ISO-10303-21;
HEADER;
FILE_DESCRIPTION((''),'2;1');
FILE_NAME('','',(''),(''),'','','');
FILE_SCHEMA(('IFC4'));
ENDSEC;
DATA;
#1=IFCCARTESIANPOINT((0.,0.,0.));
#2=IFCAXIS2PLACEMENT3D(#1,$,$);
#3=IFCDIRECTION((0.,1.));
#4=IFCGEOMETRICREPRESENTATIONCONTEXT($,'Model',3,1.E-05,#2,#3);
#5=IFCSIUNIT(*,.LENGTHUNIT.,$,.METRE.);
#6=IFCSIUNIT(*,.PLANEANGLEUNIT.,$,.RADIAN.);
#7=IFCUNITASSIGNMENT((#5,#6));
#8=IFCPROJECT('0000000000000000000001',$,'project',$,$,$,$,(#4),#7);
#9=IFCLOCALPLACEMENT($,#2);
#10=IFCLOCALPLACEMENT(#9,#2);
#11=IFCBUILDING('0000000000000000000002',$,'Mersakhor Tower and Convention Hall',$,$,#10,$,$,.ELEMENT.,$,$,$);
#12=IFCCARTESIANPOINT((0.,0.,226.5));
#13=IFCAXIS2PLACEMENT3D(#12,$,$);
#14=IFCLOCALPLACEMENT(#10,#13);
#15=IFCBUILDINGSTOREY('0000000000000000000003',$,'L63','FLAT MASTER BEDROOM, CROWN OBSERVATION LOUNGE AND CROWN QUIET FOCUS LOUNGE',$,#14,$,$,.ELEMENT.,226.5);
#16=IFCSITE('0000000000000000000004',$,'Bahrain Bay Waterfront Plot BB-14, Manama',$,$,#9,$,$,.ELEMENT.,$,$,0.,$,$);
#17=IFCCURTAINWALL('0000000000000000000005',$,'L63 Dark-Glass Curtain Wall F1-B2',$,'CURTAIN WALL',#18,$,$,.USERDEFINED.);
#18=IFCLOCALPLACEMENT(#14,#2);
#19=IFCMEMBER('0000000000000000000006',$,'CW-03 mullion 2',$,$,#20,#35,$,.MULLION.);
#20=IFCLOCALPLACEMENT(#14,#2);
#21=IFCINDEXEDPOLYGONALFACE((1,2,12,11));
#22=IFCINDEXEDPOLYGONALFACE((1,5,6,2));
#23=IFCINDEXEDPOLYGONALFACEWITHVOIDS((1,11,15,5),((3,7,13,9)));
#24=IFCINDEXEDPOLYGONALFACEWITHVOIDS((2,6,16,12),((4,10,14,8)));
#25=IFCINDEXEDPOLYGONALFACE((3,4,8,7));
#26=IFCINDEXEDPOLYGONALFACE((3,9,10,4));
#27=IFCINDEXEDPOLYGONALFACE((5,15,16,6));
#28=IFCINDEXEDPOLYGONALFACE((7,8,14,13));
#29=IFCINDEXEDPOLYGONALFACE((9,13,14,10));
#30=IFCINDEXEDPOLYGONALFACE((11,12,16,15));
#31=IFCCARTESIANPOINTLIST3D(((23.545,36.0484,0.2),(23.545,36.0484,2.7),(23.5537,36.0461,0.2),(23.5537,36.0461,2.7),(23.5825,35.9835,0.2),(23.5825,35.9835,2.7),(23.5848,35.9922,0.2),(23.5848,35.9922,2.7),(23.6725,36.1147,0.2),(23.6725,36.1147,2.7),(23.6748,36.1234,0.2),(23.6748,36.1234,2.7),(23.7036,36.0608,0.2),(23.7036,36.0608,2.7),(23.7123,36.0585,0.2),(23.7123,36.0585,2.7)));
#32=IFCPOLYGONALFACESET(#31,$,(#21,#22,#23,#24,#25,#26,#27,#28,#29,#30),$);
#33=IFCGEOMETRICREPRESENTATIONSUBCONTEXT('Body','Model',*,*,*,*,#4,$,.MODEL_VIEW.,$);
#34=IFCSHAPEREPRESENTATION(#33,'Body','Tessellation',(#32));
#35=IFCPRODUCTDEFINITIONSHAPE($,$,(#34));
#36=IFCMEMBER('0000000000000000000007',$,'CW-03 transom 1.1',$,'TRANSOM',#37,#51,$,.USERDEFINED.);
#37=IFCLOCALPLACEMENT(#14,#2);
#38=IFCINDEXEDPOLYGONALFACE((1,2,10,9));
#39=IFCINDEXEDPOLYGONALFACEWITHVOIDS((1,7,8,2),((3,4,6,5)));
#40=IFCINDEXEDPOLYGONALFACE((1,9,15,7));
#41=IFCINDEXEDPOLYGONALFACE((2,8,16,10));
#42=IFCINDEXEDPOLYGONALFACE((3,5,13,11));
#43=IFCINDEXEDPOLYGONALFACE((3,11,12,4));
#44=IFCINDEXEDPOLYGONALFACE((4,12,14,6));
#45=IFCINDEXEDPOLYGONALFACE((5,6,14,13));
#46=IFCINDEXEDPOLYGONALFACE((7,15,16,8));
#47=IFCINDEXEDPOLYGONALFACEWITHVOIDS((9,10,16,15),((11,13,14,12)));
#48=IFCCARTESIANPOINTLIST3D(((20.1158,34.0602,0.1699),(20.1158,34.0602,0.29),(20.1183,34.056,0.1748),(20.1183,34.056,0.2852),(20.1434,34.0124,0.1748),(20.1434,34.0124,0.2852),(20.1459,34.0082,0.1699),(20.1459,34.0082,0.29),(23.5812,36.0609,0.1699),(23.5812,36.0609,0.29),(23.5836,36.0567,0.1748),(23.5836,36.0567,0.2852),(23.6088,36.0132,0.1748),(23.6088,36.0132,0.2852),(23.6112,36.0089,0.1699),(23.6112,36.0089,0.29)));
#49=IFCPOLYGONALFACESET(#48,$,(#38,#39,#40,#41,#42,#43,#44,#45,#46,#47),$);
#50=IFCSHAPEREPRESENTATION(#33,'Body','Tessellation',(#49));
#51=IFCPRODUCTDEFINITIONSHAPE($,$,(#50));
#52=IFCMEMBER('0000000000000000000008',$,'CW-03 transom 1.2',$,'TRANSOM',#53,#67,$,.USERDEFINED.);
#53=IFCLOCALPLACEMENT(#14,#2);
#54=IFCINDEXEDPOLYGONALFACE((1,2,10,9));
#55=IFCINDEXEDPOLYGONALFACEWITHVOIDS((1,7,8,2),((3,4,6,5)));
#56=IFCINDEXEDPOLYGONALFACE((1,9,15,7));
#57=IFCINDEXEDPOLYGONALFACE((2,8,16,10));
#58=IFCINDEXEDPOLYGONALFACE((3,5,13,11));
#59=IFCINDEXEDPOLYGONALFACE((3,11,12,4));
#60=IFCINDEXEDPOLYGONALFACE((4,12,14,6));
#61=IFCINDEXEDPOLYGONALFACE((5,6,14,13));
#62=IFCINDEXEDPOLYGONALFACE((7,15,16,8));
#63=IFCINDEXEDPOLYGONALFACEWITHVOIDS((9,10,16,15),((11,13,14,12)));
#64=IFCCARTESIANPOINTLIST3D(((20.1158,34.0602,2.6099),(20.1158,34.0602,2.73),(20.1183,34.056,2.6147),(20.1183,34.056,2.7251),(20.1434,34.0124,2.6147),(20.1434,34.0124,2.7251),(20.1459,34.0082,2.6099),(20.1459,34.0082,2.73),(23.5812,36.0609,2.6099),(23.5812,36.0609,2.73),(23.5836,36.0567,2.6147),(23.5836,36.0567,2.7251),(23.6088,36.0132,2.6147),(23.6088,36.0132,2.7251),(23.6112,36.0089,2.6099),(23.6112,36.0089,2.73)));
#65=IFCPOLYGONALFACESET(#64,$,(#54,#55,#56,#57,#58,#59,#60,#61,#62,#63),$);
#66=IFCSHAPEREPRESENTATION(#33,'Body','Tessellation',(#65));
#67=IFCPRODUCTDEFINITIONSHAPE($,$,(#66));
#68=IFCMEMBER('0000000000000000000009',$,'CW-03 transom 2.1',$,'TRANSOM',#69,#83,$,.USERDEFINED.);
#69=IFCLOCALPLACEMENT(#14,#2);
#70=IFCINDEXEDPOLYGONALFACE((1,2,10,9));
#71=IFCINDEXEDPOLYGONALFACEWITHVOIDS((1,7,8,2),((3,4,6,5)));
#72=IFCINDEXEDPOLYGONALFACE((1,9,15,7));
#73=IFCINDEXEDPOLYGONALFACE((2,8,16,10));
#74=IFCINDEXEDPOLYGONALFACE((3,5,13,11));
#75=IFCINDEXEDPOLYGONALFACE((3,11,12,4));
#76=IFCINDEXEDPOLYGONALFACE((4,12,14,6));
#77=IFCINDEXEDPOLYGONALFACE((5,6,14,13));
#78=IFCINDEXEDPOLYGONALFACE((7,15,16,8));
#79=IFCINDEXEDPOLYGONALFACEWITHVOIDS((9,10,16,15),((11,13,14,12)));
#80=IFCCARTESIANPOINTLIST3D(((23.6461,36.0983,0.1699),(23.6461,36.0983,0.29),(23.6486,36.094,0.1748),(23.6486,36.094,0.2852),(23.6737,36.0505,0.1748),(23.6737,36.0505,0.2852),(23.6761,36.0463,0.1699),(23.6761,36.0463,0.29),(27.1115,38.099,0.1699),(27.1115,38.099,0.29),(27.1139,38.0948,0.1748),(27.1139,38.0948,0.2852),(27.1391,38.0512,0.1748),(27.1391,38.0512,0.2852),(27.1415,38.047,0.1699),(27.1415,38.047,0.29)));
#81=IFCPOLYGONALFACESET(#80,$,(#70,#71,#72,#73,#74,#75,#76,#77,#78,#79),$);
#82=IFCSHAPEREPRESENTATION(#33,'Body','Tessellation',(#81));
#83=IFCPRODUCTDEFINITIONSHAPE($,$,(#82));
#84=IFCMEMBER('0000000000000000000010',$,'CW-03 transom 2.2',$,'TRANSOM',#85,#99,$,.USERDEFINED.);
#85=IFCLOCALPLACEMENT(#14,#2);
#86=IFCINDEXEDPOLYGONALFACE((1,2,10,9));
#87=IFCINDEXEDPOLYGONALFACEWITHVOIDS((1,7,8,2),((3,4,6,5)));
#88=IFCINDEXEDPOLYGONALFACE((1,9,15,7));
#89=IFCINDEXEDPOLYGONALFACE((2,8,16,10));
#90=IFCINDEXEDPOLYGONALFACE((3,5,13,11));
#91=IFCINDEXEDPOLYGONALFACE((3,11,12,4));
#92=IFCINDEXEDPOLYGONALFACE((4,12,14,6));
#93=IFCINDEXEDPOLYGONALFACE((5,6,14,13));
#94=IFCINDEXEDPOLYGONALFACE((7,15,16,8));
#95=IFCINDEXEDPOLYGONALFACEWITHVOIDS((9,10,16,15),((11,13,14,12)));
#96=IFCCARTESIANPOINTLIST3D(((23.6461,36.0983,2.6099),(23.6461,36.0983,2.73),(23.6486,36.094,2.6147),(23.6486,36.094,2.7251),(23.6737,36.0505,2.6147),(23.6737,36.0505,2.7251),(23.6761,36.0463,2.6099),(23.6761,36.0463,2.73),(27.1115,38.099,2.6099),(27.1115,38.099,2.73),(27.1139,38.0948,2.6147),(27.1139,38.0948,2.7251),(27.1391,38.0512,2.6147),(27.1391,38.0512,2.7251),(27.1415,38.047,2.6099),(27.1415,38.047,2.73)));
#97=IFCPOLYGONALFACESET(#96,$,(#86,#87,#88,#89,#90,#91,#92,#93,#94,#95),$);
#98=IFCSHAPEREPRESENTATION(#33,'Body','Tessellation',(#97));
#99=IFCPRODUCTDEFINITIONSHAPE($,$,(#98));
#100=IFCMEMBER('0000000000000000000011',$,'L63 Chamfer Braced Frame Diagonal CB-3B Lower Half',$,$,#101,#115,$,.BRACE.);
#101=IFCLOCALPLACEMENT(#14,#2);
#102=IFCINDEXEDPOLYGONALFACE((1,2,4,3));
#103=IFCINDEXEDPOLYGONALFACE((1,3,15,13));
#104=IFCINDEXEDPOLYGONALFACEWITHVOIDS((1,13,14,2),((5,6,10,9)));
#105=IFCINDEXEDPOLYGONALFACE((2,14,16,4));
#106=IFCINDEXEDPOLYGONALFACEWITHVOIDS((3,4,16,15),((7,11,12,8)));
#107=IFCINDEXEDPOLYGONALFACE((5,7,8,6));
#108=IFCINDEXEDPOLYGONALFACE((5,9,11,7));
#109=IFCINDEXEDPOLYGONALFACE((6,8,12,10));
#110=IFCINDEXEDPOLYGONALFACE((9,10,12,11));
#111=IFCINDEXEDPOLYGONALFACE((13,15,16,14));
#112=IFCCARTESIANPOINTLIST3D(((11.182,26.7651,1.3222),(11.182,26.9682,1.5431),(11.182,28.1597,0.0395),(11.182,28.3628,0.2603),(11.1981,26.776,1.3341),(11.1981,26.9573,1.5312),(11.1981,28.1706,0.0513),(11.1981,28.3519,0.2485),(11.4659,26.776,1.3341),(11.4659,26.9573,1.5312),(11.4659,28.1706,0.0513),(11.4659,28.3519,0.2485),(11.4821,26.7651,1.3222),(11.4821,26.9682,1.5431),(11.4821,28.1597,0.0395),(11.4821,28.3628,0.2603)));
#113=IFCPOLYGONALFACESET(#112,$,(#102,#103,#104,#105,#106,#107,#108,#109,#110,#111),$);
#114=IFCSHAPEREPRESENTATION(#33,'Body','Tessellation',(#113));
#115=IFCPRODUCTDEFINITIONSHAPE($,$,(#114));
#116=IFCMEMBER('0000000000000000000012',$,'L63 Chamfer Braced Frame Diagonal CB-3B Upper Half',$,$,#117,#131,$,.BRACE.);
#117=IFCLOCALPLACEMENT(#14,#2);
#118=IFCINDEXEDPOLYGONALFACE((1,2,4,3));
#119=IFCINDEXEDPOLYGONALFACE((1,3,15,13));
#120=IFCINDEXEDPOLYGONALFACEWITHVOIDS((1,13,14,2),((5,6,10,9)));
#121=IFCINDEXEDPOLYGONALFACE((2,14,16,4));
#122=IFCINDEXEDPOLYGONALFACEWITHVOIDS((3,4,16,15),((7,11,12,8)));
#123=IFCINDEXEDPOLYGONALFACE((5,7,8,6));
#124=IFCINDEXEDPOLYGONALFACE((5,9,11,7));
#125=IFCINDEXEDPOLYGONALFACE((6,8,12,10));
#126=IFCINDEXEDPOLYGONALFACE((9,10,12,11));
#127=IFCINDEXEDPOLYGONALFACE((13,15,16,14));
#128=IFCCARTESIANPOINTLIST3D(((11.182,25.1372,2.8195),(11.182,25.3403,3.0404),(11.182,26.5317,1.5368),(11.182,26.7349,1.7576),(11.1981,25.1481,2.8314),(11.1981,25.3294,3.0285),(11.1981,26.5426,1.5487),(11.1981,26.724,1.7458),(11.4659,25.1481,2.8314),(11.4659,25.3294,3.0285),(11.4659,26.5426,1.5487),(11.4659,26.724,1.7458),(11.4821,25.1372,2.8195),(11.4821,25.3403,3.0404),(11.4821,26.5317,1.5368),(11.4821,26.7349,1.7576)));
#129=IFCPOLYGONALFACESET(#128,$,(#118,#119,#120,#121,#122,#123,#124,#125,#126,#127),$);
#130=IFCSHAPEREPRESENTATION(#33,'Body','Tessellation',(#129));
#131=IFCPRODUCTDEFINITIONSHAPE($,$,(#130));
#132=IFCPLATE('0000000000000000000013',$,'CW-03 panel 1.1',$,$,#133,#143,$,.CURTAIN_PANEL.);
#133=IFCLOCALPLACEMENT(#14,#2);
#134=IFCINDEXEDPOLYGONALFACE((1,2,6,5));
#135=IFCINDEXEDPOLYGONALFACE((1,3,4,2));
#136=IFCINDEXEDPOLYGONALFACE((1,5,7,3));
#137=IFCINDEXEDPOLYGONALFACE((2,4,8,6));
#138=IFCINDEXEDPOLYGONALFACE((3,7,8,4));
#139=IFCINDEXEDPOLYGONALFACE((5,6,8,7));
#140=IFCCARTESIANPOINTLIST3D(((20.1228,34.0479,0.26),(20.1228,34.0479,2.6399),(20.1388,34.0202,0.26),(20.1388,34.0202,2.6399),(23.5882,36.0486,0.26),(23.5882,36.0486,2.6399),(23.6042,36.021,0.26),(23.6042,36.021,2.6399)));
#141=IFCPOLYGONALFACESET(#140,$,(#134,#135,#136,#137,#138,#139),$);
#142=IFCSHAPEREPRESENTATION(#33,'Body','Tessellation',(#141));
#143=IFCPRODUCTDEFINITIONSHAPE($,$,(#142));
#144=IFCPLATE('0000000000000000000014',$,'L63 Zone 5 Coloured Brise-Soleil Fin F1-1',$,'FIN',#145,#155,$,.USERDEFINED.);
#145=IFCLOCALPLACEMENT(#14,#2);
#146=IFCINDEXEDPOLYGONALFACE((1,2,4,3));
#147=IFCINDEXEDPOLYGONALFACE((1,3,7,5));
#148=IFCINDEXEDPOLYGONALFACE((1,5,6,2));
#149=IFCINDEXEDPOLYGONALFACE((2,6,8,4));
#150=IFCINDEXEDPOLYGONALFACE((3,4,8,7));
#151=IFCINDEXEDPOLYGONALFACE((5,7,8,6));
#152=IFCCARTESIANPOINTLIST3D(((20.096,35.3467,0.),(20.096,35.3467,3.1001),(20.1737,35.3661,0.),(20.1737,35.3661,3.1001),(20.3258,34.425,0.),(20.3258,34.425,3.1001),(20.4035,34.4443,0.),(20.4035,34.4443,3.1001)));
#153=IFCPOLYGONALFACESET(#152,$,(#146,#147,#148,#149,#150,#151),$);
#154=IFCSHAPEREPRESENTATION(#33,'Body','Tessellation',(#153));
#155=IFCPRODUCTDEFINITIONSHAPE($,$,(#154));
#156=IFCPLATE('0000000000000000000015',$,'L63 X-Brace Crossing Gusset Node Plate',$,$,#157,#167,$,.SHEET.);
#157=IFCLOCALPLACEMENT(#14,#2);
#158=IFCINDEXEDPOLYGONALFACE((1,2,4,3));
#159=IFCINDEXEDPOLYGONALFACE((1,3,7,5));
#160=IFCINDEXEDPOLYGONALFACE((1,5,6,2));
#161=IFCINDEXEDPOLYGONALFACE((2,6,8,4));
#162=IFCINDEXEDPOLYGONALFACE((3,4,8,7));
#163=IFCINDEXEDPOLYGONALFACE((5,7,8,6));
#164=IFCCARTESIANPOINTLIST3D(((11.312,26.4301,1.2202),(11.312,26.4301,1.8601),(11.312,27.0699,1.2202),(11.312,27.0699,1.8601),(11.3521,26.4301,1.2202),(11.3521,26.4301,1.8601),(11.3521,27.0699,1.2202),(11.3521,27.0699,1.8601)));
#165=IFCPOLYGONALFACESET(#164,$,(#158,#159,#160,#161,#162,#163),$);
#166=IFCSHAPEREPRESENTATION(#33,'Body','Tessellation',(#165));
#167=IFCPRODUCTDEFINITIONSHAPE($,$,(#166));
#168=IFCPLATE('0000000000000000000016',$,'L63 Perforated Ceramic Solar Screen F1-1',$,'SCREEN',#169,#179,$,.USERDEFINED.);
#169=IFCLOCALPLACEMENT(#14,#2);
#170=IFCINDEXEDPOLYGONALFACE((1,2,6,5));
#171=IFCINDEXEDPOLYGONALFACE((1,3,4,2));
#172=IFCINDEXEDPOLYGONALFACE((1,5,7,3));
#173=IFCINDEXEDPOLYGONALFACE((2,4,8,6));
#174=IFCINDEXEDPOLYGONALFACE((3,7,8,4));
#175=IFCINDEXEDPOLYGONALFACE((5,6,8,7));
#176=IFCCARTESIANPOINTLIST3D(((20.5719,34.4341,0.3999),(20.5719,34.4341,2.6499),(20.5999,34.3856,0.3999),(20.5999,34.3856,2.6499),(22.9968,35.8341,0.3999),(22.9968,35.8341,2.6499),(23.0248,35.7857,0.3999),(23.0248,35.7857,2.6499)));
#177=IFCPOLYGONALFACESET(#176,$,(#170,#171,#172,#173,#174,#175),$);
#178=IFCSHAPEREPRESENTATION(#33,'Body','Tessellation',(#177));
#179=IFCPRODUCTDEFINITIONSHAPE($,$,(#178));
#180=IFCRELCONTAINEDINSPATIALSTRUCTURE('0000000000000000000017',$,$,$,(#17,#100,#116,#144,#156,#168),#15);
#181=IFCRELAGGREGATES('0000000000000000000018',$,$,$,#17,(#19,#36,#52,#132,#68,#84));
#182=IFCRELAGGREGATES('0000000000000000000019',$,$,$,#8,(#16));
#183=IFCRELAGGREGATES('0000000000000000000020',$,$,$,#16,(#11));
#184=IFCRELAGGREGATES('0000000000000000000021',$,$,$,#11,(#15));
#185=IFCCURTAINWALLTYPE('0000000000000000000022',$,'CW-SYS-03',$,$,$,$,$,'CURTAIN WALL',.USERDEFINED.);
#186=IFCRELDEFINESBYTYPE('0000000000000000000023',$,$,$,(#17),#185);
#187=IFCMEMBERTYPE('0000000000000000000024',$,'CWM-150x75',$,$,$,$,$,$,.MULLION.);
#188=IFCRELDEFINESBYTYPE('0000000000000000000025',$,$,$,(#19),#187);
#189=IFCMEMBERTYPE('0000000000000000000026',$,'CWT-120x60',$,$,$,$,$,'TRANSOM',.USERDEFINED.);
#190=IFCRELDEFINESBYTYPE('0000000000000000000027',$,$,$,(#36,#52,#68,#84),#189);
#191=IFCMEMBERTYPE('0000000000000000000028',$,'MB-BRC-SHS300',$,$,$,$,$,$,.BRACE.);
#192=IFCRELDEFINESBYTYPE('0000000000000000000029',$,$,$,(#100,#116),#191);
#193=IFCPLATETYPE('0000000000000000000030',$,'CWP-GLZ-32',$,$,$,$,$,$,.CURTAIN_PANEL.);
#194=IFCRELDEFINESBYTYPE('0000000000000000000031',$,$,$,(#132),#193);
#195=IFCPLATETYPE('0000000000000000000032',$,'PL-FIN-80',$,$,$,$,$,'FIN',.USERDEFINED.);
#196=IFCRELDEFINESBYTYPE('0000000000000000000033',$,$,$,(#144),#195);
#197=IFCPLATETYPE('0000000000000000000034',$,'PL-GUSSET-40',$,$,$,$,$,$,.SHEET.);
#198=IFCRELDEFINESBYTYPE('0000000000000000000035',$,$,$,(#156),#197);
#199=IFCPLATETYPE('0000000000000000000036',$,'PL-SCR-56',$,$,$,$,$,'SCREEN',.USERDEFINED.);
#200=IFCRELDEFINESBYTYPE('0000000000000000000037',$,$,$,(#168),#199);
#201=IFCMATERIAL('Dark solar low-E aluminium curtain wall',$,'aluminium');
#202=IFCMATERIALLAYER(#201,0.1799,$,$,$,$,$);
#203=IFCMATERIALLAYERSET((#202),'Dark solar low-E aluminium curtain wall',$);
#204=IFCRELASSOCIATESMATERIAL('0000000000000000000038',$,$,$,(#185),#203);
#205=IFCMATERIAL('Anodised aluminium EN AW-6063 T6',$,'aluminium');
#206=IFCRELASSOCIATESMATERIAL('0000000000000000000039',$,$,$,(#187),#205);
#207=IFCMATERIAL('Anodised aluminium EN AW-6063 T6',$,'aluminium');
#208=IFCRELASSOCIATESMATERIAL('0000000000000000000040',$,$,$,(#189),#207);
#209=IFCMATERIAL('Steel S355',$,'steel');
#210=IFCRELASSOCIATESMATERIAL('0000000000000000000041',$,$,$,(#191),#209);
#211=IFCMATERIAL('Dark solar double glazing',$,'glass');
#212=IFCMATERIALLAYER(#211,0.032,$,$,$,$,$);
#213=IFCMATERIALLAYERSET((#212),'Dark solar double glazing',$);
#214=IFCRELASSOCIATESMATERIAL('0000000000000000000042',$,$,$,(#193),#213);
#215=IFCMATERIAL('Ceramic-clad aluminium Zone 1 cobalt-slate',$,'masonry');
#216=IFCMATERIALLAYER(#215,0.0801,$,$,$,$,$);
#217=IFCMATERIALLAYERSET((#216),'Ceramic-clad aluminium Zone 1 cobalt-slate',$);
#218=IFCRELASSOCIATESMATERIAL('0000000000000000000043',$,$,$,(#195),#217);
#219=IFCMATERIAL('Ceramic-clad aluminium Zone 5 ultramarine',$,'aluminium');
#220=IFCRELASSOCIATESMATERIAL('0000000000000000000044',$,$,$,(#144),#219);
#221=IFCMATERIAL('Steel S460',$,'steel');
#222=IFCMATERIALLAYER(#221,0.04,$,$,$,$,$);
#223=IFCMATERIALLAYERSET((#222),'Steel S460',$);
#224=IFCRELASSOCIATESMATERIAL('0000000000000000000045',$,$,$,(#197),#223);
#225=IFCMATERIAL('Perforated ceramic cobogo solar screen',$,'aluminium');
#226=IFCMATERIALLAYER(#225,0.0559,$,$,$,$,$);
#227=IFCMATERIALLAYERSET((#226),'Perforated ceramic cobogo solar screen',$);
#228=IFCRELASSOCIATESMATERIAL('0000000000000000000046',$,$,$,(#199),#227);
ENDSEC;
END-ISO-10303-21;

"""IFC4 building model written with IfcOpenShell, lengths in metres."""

from ifc_helpers import new_model, si_unit, direction, frame, origin, origin_2d, place, context, subcontext, project, spatial, rectangle, hollow_rectangle, extrude, material, layer, layer_set, material_profile, profile_set, type_object, element, aggregate, save


model = new_model("IFC4")

# Units and contexts
model_context = context("Model", 3, precision=1e-05, world=origin(), true_north=direction((0.0, 1.0)))
body_context = subcontext(model_context, "Body", "Model", "MODEL_VIEW")
ifc_project = project(units=[si_unit("LENGTHUNIT", "METRE"), si_unit("PLANEANGLEUNIT", "RADIAN")], contexts=[model_context])

# Site, building, storey
site_placement = place(None, origin())
site = spatial("IfcSite", under=ifc_project, at=site_placement, Name="Bahrain Bay Waterfront Plot BB-14, Manama", CompositionType="ELEMENT", RefElevation=0.0)
building_placement = place(site_placement, origin())
building = spatial("IfcBuilding", under=site, at=building_placement, Name="Mersakhor Tower and Convention Hall", CompositionType="ELEMENT")
storey_placement = place(building_placement, frame((0.0, 0.0, 226.5)))
storey = spatial("IfcBuildingStorey", under=building, at=storey_placement, Name="L63", Description="FLAT MASTER BEDROOM, CROWN OBSERVATION LOUNGE AND CROWN QUIET FOCUS LOUNGE", CompositionType="ELEMENT", Elevation=226.5)

# Curtain wall, members
ifc_material_1 = material(Name="Dark solar low-E aluminium curtain wall", Category="aluminium")
ifc_layer_1 = layer(ifc_material_1, 0.1799)
ifc_layer_set_1 = layer_set([ifc_layer_1], Name="Dark solar low-E aluminium curtain wall")
curtain_wall_type = type_object("IfcCurtainWallType", Name="CW-SYS-03", ElementType="CURTAIN WALL", PredefinedType="USERDEFINED", material=ifc_layer_set_1)
curtain_wall_placement = place(storey_placement, origin())
curtain_wall = element("IfcCurtainWall", 1, at=curtain_wall_placement, inside=storey, type_object=curtain_wall_type, Name="L63 Dark-Glass Curtain Wall F1-B2", ObjectType="CURTAIN WALL", PredefinedType="USERDEFINED")
ifc_material_2 = material(Name="Anodised aluminium EN AW-6063 T6", Category="aluminium")
ifc_material_profile_1 = material_profile(ifc_material_2, hollow_rectangle(XDim=0.075, YDim=0.1499, WallThickness=0.0063, at=origin_2d()), Name="RHS 150x75x6.3")
ifc_profile_set_1 = profile_set([ifc_material_profile_1], Name="Anodised aluminium EN AW-6063 T6")
member_type_1 = type_object("IfcMemberType", Name="CWM-150x75", PredefinedType="MULLION", material=ifc_profile_set_1)
member_1_placement = place(storey_placement, frame((23.6287, 36.0535, 0.2), z_axis=(0.0, 0.0, 1.0), x_axis=(-0.500004, 0.866023, 0.0)))
member_1 = element("IfcMember", 2, at=member_1_placement, type_object=member_type_1, Name="CW-03 mullion 2", PredefinedType="MULLION", context=body_context, shape_type="SweptSolid", body=[
    extrude(hollow_rectangle(XDim=0.075, YDim=0.1499, WallThickness=0.0063, at=origin_2d()), origin(), (0.0, 0.0, 1.0), 2.5),
])
ifc_material_3 = material(Name="Anodised aluminium EN AW-6063 T6", Category="aluminium")
ifc_material_profile_2 = material_profile(ifc_material_3, hollow_rectangle(XDim=0.0601, YDim=0.1201, WallThickness=0.0049, at=origin_2d()), Name="RHS 120x60x5")
ifc_profile_set_2 = profile_set([ifc_material_profile_2], Name="Anodised aluminium EN AW-6063 T6")
member_type_2 = type_object("IfcMemberType", Name="CWT-120x60", ElementType="TRANSOM", PredefinedType="USERDEFINED", material=ifc_profile_set_2)
member_2_placement = place(storey_placement, frame((20.1309, 34.0342, 0.23), z_axis=(0.866023, 0.500004, 0.0), x_axis=(-0.500004, 0.866023, 0.0)))
member_2 = element("IfcMember", 3, at=member_2_placement, type_object=member_type_2, Name="CW-03 transom 1.1", ObjectType="TRANSOM", PredefinedType="USERDEFINED", context=body_context, shape_type="SweptSolid", body=[
    extrude(hollow_rectangle(XDim=0.0601, YDim=0.1201, WallThickness=0.0049, at=origin_2d()), origin(), (0.0, 0.0, 1.0), 4.0015),
])
member_3_placement = place(storey_placement, frame((20.1309, 34.0342, 2.6699), z_axis=(0.866023, 0.500004, 0.0), x_axis=(-0.500004, 0.866023, 0.0)))
member_3 = element("IfcMember", 4, at=member_3_placement, type_object=member_type_2, Name="CW-03 transom 1.2", ObjectType="TRANSOM", PredefinedType="USERDEFINED", context=body_context, shape_type="SweptSolid", body=[
    extrude(hollow_rectangle(XDim=0.0601, YDim=0.1201, WallThickness=0.0049, at=origin_2d()), origin(), (0.0, 0.0, 1.0), 4.0015),
])
member_4_placement = place(storey_placement, frame((23.6611, 36.0723, 0.23), z_axis=(0.866023, 0.500004, 0.0), x_axis=(-0.500004, 0.866023, 0.0)))
member_4 = element("IfcMember", 5, at=member_4_placement, type_object=member_type_2, Name="CW-03 transom 2.1", ObjectType="TRANSOM", PredefinedType="USERDEFINED", context=body_context, shape_type="SweptSolid", body=[
    extrude(hollow_rectangle(XDim=0.0601, YDim=0.1201, WallThickness=0.0049, at=origin_2d()), origin(), (0.0, 0.0, 1.0), 4.0015),
])
member_5_placement = place(storey_placement, frame((23.6611, 36.0723, 2.6699), z_axis=(0.866023, 0.500004, 0.0), x_axis=(-0.500004, 0.866023, 0.0)))
member_5 = element("IfcMember", 6, at=member_5_placement, type_object=member_type_2, Name="CW-03 transom 2.2", ObjectType="TRANSOM", PredefinedType="USERDEFINED", context=body_context, shape_type="SweptSolid", body=[
    extrude(hollow_rectangle(XDim=0.0601, YDim=0.1201, WallThickness=0.0049, at=origin_2d()), origin(), (0.0, 0.0, 1.0), 4.0015),
])

# Members
ifc_material_4 = material(Name="Steel S355", Category="steel")
ifc_material_profile_3 = material_profile(ifc_material_4, hollow_rectangle(XDim=0.3, YDim=0.3, WallThickness=0.0161, at=origin_2d()), Name="SHS 300x300x16")
ifc_profile_set_3 = profile_set([ifc_material_profile_3], Name="Steel S355")
member_type_3 = type_object("IfcMemberType", Name="MB-BRC-SHS300", PredefinedType="BRACE", material=ifc_profile_set_3)
for number, where, z_axis, x_axis, name in (
    (7, (11.332, 28.2612, 0.1499), (0.0, -0.735998, 0.676984), (1.0, 0.0, 0.0), "L63 Chamfer Braced Frame Diagonal CB-3B Lower Half"),
    (8, (11.332, 26.6333, 1.6472), (0.0, -0.735998, 0.676984), (1.0, 0.0, 0.0), "L63 Chamfer Braced Frame Diagonal CB-3B Upper Half"),
):
    element("IfcMember", number, at=place(storey_placement, frame(where, z_axis=z_axis, x_axis=x_axis)), inside=storey, type_object=member_type_3, Name=name, PredefinedType="BRACE", context=body_context, shape_type="SweptSolid", body=[
        extrude(hollow_rectangle(XDim=0.3, YDim=0.3, WallThickness=0.0161, at=origin_2d()), origin(), (0.0, 0.0, 1.0), 1.8948),
    ])

# Plate
ifc_material_5 = material(Name="Dark solar double glazing", Category="glass")
ifc_layer_2 = layer(ifc_material_5, 0.032)
ifc_layer_set_2 = layer_set([ifc_layer_2], Name="Dark solar double glazing")
plate_type_1 = type_object("IfcPlateType", Name="CWP-GLZ-32", PredefinedType="CURTAIN_PANEL", material=ifc_layer_set_2)
plate_1_placement = place(storey_placement, frame((21.8635, 35.0344, 0.26), z_axis=(0.0, 0.0, 1.0), x_axis=(0.866023, 0.500004, 0.0)))
plate_1 = element("IfcPlate", 9, at=plate_1_placement, type_object=plate_type_1, Name="CW-03 panel 1.1", PredefinedType="CURTAIN_PANEL", context=body_context, shape_type="SweptSolid", body=[
    extrude(rectangle(XDim=4.0015, YDim=0.032, at=origin_2d()), origin(), (0.0, 0.0, 1.0), 2.3799),
])
aggregate(curtain_wall, [member_1, member_2, member_3, plate_1, member_4, member_5])

# Plates
ifc_material_6 = material(Name="Ceramic-clad aluminium Zone 5 ultramarine", Category="aluminium")
ifc_material_7 = material(Name="Ceramic-clad aluminium Zone 1 cobalt-slate", Category="masonry")
ifc_layer_3 = layer(ifc_material_7, 0.0801)
ifc_layer_set_3 = layer_set([ifc_layer_3], Name="Ceramic-clad aluminium Zone 1 cobalt-slate")
plate_type_2 = type_object("IfcPlateType", Name="PL-FIN-80", ElementType="FIN", PredefinedType="USERDEFINED", material=ifc_layer_set_3)
plate_2_placement = place(storey_placement, frame((20.2498, 34.8955, 0.0), z_axis=(0.0, 0.0, 1.0), x_axis=(-0.241922, 0.970296, 0.0)))
element("IfcPlate", 10, at=plate_2_placement, inside=storey, type_object=plate_type_2, material=ifc_material_6, Name="L63 Zone 5 Coloured Brise-Soleil Fin F1-1", ObjectType="FIN", PredefinedType="USERDEFINED", context=body_context, shape_type="SweptSolid", body=[
    extrude(rectangle(XDim=0.95, YDim=0.0801, at=origin_2d()), origin(), (0.0, 0.0, 1.0), 3.1001),
])
ifc_material_8 = material(Name="Steel S460", Category="steel")
ifc_layer_4 = layer(ifc_material_8, 0.04)
ifc_layer_set_4 = layer_set([ifc_layer_4], Name="Steel S460")
plate_type_3 = type_object("IfcPlateType", Name="PL-GUSSET-40", PredefinedType="SHEET", material=ifc_layer_set_4)
plate_3_placement = place(storey_placement, frame((11.332, 26.75, 1.2202), z_axis=(0.0, 0.0, 1.0), x_axis=(0.0, -1.0, 0.0)))
element("IfcPlate", 11, at=plate_3_placement, inside=storey, type_object=plate_type_3, Name="L63 X-Brace Crossing Gusset Node Plate", PredefinedType="SHEET", context=body_context, shape_type="SweptSolid", body=[
    extrude(rectangle(XDim=0.6399, YDim=0.04, at=origin_2d()), origin(), (0.0, 0.0, 1.0), 0.6399),
])
ifc_material_9 = material(Name="Perforated ceramic cobogo solar screen", Category="aluminium")
ifc_layer_5 = layer(ifc_material_9, 0.0559)
ifc_layer_set_5 = layer_set([ifc_layer_5], Name="Perforated ceramic cobogo solar screen")
plate_type_4 = type_object("IfcPlateType", Name="PL-SCR-56", ElementType="SCREEN", PredefinedType="USERDEFINED", material=ifc_layer_set_5)
plate_4_placement = place(storey_placement, frame((21.7983, 35.1099, 0.3999), z_axis=(0.0, 0.0, 1.0), x_axis=(0.866025, 0.5, 0.0)))
element("IfcPlate", 12, at=plate_4_placement, inside=storey, type_object=plate_type_4, Name="L63 Perforated Ceramic Solar Screen F1-1", ObjectType="SCREEN", PredefinedType="USERDEFINED", context=body_context, shape_type="SweptSolid", body=[
    extrude(rectangle(XDim=2.8, YDim=0.0559, at=origin_2d()), origin(), (0.0, 0.0, 1.0), 2.25),
])

save(model, "model.ifc")
